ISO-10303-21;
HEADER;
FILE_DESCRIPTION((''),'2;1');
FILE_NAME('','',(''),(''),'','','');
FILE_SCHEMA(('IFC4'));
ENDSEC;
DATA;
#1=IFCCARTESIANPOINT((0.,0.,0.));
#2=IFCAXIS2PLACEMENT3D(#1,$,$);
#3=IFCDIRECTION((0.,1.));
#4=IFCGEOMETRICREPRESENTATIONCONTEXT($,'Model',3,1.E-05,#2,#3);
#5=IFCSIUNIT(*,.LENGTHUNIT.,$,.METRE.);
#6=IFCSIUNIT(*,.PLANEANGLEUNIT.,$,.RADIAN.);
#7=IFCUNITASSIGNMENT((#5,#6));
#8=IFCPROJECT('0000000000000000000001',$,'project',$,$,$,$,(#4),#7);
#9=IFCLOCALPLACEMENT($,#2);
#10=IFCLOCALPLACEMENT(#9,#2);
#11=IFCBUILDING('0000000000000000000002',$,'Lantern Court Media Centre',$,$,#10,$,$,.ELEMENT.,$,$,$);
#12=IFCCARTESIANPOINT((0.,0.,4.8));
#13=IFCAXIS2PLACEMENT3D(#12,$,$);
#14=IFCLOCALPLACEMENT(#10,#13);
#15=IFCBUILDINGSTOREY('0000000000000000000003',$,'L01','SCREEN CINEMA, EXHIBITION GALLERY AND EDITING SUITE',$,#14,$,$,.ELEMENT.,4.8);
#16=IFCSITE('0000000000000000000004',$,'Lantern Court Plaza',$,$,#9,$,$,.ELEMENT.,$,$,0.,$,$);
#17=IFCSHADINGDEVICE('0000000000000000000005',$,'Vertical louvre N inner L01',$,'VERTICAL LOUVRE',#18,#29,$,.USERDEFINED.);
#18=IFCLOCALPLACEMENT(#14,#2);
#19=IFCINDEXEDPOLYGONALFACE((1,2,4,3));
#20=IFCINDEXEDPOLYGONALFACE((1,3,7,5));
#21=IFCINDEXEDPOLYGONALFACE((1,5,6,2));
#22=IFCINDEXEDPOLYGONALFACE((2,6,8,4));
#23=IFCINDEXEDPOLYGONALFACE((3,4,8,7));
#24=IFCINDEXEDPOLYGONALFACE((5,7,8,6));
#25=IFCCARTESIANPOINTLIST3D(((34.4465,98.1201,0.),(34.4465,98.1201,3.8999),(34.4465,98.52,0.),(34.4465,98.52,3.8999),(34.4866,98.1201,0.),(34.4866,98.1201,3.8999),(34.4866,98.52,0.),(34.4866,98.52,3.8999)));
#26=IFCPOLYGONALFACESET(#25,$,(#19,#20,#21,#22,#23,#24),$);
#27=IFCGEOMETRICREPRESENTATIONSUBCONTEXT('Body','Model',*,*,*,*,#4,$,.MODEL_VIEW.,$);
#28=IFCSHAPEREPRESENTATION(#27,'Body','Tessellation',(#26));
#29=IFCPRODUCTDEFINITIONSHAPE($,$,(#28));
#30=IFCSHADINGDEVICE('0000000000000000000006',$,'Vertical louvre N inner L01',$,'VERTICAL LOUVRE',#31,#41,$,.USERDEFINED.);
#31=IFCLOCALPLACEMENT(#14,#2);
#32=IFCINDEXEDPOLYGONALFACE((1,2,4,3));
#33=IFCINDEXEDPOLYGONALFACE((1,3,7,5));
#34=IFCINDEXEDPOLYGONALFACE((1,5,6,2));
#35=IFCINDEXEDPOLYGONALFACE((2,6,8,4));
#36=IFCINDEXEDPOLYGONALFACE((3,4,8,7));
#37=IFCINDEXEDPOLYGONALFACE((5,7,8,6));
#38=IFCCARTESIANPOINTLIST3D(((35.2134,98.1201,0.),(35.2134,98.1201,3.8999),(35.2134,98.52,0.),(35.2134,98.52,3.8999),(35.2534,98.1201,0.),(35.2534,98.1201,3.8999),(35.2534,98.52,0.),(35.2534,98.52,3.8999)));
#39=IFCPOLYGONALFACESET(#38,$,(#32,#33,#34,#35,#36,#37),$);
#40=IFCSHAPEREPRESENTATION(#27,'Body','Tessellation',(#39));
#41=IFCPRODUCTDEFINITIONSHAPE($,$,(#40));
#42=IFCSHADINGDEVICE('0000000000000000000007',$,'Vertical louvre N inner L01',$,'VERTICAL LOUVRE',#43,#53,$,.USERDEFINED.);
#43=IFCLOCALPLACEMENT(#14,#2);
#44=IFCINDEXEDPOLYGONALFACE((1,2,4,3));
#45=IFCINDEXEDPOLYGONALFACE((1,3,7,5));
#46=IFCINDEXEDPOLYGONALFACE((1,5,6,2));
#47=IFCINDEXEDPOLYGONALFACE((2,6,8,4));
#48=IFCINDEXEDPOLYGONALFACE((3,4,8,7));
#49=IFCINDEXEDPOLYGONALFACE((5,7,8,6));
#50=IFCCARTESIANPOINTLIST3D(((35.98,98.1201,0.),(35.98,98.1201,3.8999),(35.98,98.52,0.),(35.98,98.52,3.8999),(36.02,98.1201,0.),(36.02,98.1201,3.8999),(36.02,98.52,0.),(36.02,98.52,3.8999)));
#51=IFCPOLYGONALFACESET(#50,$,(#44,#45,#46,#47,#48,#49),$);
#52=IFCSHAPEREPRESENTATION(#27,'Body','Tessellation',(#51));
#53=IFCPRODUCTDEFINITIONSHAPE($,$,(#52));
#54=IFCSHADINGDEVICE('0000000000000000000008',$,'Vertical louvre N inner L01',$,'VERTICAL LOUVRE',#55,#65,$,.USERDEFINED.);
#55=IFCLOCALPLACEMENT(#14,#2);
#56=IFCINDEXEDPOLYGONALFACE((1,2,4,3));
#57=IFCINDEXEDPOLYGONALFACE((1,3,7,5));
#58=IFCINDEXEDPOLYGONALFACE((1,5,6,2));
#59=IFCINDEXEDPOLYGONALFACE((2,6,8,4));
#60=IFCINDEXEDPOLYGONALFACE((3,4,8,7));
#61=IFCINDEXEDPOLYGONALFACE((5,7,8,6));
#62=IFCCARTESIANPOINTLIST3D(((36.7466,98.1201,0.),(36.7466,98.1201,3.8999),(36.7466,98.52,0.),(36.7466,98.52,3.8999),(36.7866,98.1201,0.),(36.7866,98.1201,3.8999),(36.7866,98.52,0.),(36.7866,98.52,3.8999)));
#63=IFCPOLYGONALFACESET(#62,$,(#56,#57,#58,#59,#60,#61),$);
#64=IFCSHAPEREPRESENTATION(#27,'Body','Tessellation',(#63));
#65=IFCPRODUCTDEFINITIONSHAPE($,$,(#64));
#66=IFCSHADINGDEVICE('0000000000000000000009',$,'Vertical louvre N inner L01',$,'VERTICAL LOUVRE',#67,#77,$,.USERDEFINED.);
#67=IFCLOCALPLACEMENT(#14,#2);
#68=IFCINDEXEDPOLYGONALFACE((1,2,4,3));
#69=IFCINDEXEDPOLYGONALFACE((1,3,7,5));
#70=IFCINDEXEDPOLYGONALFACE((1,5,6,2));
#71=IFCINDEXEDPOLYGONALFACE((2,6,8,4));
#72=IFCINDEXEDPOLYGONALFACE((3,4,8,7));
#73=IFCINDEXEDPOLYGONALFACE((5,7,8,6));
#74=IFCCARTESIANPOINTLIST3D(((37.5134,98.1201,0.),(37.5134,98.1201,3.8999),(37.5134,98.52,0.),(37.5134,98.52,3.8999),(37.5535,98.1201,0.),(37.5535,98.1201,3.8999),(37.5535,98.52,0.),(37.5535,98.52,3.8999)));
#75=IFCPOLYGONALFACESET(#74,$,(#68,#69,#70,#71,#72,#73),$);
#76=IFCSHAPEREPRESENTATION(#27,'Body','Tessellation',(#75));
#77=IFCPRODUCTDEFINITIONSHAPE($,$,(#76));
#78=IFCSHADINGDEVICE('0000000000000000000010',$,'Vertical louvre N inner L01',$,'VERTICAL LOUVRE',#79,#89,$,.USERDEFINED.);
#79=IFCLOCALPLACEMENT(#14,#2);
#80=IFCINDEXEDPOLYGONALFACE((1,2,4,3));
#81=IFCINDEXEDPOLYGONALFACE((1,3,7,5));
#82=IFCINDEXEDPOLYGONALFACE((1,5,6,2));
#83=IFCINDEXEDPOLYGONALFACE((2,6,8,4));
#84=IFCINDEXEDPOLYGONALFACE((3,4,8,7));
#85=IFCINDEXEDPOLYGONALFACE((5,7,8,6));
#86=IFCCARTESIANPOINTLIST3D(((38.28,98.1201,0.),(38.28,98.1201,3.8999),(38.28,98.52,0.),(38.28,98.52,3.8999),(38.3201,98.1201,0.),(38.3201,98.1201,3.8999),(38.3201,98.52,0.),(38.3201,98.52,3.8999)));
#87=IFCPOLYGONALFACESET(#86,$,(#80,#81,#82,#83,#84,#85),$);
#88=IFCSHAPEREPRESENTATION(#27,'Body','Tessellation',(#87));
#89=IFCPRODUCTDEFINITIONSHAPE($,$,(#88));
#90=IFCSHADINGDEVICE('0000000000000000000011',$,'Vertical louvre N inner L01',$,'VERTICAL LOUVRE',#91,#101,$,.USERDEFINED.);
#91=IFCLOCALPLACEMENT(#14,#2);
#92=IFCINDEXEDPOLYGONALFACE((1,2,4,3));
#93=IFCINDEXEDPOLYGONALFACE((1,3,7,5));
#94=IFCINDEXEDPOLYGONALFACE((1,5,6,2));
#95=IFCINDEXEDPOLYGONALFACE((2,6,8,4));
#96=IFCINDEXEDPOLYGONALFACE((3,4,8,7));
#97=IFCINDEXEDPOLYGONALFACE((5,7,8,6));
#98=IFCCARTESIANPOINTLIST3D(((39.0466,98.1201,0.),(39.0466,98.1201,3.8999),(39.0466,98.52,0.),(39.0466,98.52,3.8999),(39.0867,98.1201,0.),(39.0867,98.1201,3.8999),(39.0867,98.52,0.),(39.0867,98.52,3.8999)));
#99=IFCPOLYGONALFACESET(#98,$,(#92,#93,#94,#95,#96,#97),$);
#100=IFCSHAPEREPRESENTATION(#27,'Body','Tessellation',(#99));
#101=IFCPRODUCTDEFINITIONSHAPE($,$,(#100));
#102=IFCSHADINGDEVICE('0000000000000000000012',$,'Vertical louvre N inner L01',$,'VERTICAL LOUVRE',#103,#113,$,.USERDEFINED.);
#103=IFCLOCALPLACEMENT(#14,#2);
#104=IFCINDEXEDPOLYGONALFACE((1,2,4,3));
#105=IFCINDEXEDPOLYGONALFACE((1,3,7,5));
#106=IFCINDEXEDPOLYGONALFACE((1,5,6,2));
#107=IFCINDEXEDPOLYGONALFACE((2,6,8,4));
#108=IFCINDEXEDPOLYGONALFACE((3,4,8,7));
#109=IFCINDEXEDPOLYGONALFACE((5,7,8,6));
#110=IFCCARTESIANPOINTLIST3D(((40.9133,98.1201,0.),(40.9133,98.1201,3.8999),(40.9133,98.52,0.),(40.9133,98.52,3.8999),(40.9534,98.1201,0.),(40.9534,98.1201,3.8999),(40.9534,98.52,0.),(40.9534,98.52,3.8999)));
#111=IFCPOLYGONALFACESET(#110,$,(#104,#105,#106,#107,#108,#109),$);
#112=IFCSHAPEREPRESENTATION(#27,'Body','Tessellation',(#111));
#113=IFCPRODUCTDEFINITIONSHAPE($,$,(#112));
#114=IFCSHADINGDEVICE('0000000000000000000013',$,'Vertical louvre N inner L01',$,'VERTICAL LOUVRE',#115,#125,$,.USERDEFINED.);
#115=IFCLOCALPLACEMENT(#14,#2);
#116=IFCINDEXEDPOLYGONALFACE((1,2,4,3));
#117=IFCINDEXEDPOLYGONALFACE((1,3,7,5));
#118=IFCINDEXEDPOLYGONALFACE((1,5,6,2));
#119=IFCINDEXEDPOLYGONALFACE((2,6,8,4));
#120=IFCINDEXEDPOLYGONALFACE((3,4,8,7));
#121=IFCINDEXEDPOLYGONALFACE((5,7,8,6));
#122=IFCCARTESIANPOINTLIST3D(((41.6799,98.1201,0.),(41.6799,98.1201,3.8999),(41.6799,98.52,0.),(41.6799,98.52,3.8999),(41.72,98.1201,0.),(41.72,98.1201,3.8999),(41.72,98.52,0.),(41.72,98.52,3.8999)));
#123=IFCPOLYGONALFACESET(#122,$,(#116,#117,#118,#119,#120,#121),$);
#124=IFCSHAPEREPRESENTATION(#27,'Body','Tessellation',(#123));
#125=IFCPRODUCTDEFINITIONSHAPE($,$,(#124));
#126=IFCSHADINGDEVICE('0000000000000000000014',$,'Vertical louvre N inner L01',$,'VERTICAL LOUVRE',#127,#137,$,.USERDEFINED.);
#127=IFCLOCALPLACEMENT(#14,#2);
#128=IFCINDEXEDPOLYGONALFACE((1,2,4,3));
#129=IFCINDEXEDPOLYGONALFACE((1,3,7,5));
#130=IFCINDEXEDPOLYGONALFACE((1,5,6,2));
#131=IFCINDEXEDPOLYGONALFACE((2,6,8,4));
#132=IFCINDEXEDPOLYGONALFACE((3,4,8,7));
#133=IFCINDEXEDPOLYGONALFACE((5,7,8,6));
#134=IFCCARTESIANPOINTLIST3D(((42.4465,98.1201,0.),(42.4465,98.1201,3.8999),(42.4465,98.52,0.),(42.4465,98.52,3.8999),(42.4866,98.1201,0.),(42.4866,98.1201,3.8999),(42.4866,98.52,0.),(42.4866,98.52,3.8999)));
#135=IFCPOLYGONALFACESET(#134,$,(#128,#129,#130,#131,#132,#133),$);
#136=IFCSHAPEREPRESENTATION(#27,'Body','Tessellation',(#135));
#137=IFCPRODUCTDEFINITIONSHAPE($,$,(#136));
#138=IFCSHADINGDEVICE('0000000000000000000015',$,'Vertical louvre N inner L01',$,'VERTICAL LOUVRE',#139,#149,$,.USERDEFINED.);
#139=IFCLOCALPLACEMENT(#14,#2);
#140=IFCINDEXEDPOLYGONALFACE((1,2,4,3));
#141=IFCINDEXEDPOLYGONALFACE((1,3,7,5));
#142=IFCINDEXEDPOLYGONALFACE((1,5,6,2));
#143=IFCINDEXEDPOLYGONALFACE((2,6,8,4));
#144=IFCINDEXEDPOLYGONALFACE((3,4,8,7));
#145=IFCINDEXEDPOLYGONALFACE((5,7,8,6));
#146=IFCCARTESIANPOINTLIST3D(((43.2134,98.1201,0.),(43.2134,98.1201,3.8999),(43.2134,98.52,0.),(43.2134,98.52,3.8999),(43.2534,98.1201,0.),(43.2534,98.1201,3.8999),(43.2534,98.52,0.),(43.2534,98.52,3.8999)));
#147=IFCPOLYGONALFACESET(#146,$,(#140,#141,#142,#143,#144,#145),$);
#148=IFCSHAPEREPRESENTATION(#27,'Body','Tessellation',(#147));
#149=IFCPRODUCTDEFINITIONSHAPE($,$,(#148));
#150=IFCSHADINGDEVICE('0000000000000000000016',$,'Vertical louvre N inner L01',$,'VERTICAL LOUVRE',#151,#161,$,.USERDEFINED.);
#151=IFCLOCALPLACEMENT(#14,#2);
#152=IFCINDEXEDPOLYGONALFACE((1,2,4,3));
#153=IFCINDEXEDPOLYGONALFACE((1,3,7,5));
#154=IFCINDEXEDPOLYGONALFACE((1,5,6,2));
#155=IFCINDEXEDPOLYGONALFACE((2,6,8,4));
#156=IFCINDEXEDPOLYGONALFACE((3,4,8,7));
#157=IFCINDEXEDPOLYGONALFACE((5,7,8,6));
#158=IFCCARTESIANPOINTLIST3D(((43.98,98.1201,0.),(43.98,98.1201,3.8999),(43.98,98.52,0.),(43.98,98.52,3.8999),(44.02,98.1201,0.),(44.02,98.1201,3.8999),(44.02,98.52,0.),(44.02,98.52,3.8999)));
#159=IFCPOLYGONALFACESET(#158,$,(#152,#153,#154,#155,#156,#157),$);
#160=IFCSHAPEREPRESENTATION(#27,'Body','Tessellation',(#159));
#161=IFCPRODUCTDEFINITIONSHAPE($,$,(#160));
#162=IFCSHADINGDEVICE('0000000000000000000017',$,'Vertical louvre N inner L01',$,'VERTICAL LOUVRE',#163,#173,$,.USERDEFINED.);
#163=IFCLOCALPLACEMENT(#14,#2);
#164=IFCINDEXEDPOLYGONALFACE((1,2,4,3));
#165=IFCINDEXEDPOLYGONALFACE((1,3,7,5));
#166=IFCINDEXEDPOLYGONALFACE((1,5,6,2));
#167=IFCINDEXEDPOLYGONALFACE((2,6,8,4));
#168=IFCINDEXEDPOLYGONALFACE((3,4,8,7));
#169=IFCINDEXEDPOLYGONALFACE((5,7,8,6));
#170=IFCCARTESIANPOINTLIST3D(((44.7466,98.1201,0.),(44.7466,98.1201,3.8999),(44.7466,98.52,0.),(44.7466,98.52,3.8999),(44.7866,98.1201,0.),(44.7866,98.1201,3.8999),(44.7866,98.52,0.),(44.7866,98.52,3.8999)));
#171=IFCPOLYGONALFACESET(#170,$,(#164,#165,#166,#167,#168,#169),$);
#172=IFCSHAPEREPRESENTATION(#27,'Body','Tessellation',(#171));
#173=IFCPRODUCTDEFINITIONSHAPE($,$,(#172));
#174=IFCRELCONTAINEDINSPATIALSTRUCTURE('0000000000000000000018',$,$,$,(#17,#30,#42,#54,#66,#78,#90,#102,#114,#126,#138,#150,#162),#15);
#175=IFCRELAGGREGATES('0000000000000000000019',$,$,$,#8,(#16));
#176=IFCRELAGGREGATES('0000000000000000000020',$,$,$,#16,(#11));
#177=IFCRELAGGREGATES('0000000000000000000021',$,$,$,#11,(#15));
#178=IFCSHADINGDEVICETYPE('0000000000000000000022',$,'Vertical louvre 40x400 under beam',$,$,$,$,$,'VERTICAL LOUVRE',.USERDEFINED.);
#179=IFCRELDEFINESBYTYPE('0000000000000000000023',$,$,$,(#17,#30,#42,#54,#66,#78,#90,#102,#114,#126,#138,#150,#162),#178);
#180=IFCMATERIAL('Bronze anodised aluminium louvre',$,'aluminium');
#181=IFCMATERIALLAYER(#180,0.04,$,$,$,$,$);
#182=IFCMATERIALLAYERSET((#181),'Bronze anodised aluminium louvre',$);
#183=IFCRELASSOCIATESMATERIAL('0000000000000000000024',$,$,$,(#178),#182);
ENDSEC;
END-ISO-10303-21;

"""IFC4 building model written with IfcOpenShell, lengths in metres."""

from ifc_helpers import new_model, si_unit, direction, frame, origin, origin_2d, place, context, subcontext, project, spatial, rectangle, extrude, material, layer, layer_set, type_object, element, save


model = new_model("IFC4")

# Units and contexts
model_context = context("Model", 3, precision=1e-05, world=origin(), true_north=direction((0.0, 1.0)))
body_context = subcontext(model_context, "Body", "Model", "MODEL_VIEW")
ifc_project = project(units=[si_unit("LENGTHUNIT", "METRE"), si_unit("PLANEANGLEUNIT", "RADIAN")], contexts=[model_context])

# Site, building, storey
site_placement = place(None, origin())
site = spatial("IfcSite", under=ifc_project, at=site_placement, Name="Lantern Court Plaza", CompositionType="ELEMENT", RefElevation=0.0)
building_placement = place(site_placement, origin())
building = spatial("IfcBuilding", under=site, at=building_placement, Name="Lantern Court Media Centre", CompositionType="ELEMENT")
storey_placement = place(building_placement, frame((0.0, 0.0, 4.8)))
storey = spatial("IfcBuildingStorey", under=building, at=storey_placement, Name="L01", Description="SCREEN CINEMA, EXHIBITION GALLERY AND EDITING SUITE", CompositionType="ELEMENT", Elevation=4.8)

# Shading devices
ifc_material_1 = material(Name="Bronze anodised aluminium louvre", Category="aluminium")
ifc_layer_1 = layer(ifc_material_1, 0.04)
ifc_layer_set_1 = layer_set([ifc_layer_1], Name="Bronze anodised aluminium louvre")
shading_device_type = type_object("IfcShadingDeviceType", Name="Vertical louvre 40x400 under beam", ElementType="VERTICAL LOUVRE", PredefinedType="USERDEFINED", material=ifc_layer_set_1)
for number, where, z_axis, x_axis, name in (
    (1, (34.4666, 98.3201, 0.0), (0.0, 0.0, 1.0), (1.0, 0.0, 0.0), "Vertical louvre N inner L01"),
    (2, (35.2334, 98.3201, 0.0), (0.0, 0.0, 1.0), (1.0, 0.0, 0.0), "Vertical louvre N inner L01"),
    (3, (36.0, 98.3201, 0.0), (0.0, 0.0, 1.0), (1.0, 0.0, 0.0), "Vertical louvre N inner L01"),
    (4, (36.7666, 98.3201, 0.0), (0.0, 0.0, 1.0), (1.0, 0.0, 0.0), "Vertical louvre N inner L01"),
    (5, (37.5334, 98.3201, 0.0), (0.0, 0.0, 1.0), (1.0, 0.0, 0.0), "Vertical louvre N inner L01"),
    (6, (38.3, 98.3201, 0.0), (0.0, 0.0, 1.0), (1.0, 0.0, 0.0), "Vertical louvre N inner L01"),
    (7, (39.0667, 98.3201, 0.0), (0.0, 0.0, 1.0), (1.0, 0.0, 0.0), "Vertical louvre N inner L01"),
    (8, (40.9333, 98.3201, 0.0), (0.0, 0.0, 1.0), (1.0, 0.0, 0.0), "Vertical louvre N inner L01"),
    (9, (41.7, 98.3201, 0.0), (0.0, 0.0, 1.0), (1.0, 0.0, 0.0), "Vertical louvre N inner L01"),
    (10, (42.4666, 98.3201, 0.0), (0.0, 0.0, 1.0), (1.0, 0.0, 0.0), "Vertical louvre N inner L01"),
    (11, (43.2334, 98.3201, 0.0), (0.0, 0.0, 1.0), (1.0, 0.0, 0.0), "Vertical louvre N inner L01"),
    (12, (44.0, 98.3201, 0.0), (0.0, 0.0, 1.0), (1.0, 0.0, 0.0), "Vertical louvre N inner L01"),
    (13, (44.7666, 98.3201, 0.0), (0.0, 0.0, 1.0), (1.0, 0.0, 0.0), "Vertical louvre N inner L01"),
):
    element("IfcShadingDevice", number, at=place(storey_placement, frame(where, z_axis=z_axis, x_axis=x_axis)), inside=storey, type_object=shading_device_type, Name=name, ObjectType="VERTICAL LOUVRE", PredefinedType="USERDEFINED", context=body_context, shape_type="SweptSolid", body=[
        extrude(rectangle(XDim=0.04, YDim=0.3999, at=origin_2d()), origin(), (0.0, 0.0, 1.0), 3.8999),
    ])

save(model, "model.ifc")
